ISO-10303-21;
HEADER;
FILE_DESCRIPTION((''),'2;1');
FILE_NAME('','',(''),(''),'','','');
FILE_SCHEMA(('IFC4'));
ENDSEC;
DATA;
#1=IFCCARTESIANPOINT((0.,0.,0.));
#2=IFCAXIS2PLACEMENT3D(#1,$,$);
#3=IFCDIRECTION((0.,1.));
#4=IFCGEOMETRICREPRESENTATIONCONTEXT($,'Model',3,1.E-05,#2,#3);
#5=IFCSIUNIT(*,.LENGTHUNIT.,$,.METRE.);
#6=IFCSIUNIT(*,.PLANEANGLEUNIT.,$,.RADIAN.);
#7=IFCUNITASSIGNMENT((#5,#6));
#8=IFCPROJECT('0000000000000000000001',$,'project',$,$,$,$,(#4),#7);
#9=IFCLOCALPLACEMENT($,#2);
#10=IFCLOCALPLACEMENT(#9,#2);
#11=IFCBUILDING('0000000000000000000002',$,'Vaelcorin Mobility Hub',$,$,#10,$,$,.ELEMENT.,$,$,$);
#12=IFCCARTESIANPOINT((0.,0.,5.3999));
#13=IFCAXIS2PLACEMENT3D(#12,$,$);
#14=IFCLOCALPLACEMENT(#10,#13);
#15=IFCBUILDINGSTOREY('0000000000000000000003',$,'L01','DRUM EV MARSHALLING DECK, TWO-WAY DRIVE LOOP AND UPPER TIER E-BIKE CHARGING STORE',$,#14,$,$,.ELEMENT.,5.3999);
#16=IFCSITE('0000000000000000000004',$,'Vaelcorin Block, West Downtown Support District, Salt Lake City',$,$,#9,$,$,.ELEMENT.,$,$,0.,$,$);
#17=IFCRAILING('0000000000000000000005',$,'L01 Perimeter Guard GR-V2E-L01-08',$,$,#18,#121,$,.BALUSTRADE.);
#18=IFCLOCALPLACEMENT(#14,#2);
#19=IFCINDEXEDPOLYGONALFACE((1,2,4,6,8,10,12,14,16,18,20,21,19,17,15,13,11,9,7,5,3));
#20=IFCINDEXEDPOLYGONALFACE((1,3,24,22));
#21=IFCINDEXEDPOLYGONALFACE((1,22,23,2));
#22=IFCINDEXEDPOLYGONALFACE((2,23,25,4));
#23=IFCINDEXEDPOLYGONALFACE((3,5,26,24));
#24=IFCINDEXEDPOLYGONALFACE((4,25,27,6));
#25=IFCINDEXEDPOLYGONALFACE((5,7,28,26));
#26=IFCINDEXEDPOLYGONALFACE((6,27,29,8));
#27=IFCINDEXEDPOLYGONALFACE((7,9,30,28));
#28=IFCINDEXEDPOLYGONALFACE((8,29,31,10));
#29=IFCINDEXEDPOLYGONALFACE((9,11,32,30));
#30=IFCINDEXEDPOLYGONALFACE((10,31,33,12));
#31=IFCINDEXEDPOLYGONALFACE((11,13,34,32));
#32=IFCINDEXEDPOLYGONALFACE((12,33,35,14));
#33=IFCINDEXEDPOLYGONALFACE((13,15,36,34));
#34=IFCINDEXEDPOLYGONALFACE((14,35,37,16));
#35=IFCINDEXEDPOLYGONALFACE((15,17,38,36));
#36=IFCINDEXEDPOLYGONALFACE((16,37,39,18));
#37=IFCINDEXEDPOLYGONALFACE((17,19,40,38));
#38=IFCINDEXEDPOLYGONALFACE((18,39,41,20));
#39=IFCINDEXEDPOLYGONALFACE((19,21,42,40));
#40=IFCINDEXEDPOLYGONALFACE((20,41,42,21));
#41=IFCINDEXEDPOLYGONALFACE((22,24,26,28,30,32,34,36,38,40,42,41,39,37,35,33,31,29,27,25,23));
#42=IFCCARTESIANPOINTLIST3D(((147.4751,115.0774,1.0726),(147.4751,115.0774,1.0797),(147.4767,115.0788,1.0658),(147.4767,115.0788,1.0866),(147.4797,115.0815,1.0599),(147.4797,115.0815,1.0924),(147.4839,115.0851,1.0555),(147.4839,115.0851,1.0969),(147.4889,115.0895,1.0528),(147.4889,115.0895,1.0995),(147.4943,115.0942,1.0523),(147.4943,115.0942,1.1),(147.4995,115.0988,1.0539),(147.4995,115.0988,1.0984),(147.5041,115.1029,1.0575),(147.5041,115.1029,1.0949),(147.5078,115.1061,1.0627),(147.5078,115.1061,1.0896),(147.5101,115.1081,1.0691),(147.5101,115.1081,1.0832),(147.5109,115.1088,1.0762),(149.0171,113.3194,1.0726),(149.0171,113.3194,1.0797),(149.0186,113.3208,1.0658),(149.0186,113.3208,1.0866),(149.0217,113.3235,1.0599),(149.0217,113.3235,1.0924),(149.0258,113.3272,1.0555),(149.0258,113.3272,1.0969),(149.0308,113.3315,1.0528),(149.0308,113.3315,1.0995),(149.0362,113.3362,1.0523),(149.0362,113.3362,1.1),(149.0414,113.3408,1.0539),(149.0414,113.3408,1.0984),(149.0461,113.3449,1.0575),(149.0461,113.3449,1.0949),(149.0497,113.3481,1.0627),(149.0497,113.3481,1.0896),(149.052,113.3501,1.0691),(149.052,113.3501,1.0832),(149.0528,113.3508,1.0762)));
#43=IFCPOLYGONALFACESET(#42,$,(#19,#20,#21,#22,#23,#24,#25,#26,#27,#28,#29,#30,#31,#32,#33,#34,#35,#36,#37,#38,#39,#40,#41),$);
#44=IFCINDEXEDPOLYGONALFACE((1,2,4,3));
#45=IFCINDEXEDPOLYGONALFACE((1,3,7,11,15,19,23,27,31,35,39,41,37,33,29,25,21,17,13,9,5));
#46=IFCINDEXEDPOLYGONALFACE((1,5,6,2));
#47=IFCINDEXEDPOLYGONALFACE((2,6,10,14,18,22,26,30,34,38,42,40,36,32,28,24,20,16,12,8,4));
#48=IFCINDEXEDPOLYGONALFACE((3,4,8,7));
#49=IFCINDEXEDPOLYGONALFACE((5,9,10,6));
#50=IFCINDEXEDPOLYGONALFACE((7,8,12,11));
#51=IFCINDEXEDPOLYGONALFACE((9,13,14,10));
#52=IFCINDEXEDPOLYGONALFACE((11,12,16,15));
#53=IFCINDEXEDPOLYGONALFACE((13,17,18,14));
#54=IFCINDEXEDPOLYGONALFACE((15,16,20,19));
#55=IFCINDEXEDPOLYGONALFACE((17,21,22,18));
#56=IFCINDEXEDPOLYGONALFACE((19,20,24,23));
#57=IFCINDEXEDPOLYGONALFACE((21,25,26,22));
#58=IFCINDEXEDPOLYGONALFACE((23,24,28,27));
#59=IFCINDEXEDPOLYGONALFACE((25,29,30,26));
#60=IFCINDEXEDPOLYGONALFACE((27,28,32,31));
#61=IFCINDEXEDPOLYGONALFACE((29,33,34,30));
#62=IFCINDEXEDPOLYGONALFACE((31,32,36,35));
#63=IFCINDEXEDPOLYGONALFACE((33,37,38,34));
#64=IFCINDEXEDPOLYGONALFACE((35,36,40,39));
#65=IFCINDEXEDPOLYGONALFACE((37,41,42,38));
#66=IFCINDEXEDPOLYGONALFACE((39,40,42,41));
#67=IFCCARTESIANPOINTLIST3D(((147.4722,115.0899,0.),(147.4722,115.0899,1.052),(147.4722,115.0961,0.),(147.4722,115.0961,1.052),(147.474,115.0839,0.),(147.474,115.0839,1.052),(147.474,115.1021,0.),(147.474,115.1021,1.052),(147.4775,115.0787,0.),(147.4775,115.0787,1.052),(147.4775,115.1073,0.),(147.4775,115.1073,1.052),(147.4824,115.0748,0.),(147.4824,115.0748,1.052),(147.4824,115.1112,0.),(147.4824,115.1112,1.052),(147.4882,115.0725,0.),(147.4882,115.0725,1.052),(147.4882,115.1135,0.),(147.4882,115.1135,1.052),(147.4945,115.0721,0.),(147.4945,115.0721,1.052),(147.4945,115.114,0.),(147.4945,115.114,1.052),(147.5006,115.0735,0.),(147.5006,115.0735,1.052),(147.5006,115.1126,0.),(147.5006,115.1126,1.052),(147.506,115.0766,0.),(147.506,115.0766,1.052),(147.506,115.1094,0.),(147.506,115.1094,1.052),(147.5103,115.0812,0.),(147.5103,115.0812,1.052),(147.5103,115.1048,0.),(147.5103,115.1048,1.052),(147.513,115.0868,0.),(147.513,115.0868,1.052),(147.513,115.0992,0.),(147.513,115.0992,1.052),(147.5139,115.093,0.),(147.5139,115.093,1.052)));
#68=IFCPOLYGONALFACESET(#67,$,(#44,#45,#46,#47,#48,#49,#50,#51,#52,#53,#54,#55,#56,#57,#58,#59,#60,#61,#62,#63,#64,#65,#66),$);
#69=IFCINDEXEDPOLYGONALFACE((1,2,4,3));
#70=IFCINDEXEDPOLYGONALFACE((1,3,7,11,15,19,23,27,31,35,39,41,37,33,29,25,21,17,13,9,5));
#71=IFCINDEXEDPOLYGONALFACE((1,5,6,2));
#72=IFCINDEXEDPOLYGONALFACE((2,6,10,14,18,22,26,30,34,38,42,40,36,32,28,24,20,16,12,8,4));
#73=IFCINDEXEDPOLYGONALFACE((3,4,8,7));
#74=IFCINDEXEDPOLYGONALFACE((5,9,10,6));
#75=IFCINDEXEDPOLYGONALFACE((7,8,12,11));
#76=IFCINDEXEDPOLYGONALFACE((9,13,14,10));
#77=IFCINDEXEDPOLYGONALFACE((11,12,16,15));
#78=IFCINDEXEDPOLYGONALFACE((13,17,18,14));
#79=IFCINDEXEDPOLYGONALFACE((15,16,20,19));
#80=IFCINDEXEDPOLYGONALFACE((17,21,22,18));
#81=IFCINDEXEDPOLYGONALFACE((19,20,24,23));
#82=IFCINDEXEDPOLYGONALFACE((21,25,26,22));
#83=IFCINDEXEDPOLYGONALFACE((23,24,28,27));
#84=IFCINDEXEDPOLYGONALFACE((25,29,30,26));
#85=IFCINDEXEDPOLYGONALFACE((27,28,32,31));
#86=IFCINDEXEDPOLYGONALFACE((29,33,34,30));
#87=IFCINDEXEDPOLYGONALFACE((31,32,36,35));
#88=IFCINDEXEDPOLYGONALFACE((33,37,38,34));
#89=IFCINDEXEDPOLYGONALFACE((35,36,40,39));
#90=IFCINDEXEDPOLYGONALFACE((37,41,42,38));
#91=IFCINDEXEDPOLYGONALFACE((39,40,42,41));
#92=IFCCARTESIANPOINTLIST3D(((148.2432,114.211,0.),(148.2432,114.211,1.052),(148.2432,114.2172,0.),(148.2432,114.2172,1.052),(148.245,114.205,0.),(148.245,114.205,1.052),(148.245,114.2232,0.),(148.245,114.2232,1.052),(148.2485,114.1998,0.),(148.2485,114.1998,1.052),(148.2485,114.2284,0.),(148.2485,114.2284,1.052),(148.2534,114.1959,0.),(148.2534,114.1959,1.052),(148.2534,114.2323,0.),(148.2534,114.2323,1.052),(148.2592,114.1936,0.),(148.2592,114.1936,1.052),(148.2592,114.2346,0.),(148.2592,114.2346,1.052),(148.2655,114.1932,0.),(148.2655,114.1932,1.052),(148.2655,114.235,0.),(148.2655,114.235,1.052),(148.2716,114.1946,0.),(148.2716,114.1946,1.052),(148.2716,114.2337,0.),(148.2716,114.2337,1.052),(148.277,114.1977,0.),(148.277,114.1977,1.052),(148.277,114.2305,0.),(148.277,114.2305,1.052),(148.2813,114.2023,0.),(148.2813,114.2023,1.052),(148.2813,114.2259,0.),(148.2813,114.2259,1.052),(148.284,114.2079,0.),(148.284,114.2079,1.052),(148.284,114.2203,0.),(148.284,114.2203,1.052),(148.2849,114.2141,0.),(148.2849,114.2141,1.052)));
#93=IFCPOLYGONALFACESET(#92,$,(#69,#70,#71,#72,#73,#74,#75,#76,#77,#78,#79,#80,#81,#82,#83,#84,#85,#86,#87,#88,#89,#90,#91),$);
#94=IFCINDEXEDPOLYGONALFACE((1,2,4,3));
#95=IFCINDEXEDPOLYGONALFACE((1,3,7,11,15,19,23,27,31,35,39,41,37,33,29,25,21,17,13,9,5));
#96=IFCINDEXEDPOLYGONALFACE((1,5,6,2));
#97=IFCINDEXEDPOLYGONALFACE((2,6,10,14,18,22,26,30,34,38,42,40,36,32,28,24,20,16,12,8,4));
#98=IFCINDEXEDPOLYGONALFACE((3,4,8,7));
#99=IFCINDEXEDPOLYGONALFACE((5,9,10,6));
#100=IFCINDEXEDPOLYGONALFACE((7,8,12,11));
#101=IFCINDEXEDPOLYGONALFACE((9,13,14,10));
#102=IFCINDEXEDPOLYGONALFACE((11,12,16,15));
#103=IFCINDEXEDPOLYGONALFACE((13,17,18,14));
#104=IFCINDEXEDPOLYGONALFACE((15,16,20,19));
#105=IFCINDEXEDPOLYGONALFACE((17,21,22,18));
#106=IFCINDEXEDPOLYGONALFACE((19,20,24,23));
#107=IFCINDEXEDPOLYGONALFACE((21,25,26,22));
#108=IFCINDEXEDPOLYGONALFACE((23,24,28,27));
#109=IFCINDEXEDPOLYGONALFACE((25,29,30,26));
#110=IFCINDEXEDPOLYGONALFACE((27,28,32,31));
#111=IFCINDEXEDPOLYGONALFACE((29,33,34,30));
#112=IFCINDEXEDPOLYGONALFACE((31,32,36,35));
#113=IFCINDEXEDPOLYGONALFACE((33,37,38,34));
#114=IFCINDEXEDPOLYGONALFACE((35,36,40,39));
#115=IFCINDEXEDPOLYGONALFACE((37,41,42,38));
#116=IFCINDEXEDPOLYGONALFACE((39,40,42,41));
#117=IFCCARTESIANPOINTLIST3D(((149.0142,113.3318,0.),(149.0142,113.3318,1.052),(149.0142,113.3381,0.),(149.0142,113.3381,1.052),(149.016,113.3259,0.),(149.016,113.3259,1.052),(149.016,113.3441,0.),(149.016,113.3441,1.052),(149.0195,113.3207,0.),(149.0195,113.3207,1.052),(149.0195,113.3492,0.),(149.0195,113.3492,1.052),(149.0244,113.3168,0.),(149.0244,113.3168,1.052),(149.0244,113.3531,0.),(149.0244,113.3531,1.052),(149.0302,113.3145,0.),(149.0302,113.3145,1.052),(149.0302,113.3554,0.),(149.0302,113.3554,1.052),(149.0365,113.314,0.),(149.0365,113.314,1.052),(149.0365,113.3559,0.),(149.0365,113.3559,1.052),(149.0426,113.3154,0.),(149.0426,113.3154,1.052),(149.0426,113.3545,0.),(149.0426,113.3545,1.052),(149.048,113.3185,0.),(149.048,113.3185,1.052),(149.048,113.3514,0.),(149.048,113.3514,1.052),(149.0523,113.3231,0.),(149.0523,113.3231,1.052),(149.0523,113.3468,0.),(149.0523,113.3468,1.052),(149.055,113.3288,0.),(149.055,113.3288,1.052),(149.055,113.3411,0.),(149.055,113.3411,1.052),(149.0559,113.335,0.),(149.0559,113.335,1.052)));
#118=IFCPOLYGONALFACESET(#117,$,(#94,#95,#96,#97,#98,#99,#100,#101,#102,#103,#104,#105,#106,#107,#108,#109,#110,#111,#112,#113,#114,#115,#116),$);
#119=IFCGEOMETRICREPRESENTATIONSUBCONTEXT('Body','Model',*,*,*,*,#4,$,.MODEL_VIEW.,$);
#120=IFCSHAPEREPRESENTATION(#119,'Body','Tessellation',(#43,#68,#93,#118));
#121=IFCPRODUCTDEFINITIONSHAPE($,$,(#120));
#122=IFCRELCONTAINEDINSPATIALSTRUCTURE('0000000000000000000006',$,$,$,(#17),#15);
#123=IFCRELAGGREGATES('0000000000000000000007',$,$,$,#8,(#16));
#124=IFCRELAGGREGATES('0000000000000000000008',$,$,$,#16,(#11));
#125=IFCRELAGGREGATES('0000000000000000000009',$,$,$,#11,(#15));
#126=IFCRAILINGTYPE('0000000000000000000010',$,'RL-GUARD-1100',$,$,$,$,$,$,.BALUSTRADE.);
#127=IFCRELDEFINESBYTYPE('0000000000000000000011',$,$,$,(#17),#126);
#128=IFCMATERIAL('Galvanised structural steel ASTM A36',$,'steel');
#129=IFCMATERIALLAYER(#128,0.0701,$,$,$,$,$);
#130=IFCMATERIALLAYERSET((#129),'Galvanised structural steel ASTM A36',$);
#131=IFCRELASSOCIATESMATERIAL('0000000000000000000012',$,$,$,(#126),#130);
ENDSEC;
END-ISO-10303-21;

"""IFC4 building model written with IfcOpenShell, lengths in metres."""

from ifc_helpers import new_model, si_unit, direction, frame, origin, origin_2d, place, context, subcontext, project, spatial, circle, extrude, material, layer, layer_set, type_object, element, save


model = new_model("IFC4")

# Units and contexts
model_context = context("Model", 3, precision=1e-05, world=origin(), true_north=direction((0.0, 1.0)))
body_context = subcontext(model_context, "Body", "Model", "MODEL_VIEW")
ifc_project = project(units=[si_unit("LENGTHUNIT", "METRE"), si_unit("PLANEANGLEUNIT", "RADIAN")], contexts=[model_context])

# Site, building, storey
site_placement = place(None, origin())
site = spatial("IfcSite", under=ifc_project, at=site_placement, Name="Vaelcorin Block, West Downtown Support District, Salt Lake City", CompositionType="ELEMENT", RefElevation=0.0)
building_placement = place(site_placement, origin())
building = spatial("IfcBuilding", under=site, at=building_placement, Name="Vaelcorin Mobility Hub", CompositionType="ELEMENT")
storey_placement = place(building_placement, frame((0.0, 0.0, 5.3999)))
storey = spatial("IfcBuildingStorey", under=building, at=storey_placement, Name="L01", Description="DRUM EV MARSHALLING DECK, TWO-WAY DRIVE LOOP AND UPPER TIER E-BIKE CHARGING STORE", CompositionType="ELEMENT", Elevation=5.3999)

# Railing
ifc_material_1 = material(Name="Galvanised structural steel ASTM A36", Category="steel")
ifc_layer_1 = layer(ifc_material_1, 0.0701)
ifc_layer_set_1 = layer_set([ifc_layer_1], Name="Galvanised structural steel ASTM A36")
railing_type = type_object("IfcRailingType", Name="RL-GUARD-1100", PredefinedType="BALUSTRADE", material=ifc_layer_set_1)
railing_1_placement = place(storey_placement, frame((147.4929, 115.093, 0.0)))
element("IfcRailing", 1, at=railing_1_placement, inside=storey, type_object=railing_type, Name="L01 Perimeter Guard GR-V2E-L01-08", PredefinedType="BALUSTRADE", context=body_context, shape_type="SweptSolid", body=[
    extrude(circle(Radius=0.0239, at=origin_2d()), frame((0.0, 0.0, 1.0762), z_axis=(0.659398, -0.751794, 0.0), x_axis=(0.751794, 0.659398, 0.0)), (0.0, 0.0, 1.0), 2.3384),
    extrude(circle(Radius=0.021, at=origin_2d()), origin(), (0.0, 0.0, 1.0), 1.052),
    extrude(circle(Radius=0.021, at=origin_2d()), frame((0.771, -0.8789, 0.0)), (0.0, 0.0, 1.0), 1.052),
    extrude(circle(Radius=0.021, at=origin_2d()), frame((1.542, -1.7581, 0.0)), (0.0, 0.0, 1.0), 1.052),
])

save(model, "model.ifc")
